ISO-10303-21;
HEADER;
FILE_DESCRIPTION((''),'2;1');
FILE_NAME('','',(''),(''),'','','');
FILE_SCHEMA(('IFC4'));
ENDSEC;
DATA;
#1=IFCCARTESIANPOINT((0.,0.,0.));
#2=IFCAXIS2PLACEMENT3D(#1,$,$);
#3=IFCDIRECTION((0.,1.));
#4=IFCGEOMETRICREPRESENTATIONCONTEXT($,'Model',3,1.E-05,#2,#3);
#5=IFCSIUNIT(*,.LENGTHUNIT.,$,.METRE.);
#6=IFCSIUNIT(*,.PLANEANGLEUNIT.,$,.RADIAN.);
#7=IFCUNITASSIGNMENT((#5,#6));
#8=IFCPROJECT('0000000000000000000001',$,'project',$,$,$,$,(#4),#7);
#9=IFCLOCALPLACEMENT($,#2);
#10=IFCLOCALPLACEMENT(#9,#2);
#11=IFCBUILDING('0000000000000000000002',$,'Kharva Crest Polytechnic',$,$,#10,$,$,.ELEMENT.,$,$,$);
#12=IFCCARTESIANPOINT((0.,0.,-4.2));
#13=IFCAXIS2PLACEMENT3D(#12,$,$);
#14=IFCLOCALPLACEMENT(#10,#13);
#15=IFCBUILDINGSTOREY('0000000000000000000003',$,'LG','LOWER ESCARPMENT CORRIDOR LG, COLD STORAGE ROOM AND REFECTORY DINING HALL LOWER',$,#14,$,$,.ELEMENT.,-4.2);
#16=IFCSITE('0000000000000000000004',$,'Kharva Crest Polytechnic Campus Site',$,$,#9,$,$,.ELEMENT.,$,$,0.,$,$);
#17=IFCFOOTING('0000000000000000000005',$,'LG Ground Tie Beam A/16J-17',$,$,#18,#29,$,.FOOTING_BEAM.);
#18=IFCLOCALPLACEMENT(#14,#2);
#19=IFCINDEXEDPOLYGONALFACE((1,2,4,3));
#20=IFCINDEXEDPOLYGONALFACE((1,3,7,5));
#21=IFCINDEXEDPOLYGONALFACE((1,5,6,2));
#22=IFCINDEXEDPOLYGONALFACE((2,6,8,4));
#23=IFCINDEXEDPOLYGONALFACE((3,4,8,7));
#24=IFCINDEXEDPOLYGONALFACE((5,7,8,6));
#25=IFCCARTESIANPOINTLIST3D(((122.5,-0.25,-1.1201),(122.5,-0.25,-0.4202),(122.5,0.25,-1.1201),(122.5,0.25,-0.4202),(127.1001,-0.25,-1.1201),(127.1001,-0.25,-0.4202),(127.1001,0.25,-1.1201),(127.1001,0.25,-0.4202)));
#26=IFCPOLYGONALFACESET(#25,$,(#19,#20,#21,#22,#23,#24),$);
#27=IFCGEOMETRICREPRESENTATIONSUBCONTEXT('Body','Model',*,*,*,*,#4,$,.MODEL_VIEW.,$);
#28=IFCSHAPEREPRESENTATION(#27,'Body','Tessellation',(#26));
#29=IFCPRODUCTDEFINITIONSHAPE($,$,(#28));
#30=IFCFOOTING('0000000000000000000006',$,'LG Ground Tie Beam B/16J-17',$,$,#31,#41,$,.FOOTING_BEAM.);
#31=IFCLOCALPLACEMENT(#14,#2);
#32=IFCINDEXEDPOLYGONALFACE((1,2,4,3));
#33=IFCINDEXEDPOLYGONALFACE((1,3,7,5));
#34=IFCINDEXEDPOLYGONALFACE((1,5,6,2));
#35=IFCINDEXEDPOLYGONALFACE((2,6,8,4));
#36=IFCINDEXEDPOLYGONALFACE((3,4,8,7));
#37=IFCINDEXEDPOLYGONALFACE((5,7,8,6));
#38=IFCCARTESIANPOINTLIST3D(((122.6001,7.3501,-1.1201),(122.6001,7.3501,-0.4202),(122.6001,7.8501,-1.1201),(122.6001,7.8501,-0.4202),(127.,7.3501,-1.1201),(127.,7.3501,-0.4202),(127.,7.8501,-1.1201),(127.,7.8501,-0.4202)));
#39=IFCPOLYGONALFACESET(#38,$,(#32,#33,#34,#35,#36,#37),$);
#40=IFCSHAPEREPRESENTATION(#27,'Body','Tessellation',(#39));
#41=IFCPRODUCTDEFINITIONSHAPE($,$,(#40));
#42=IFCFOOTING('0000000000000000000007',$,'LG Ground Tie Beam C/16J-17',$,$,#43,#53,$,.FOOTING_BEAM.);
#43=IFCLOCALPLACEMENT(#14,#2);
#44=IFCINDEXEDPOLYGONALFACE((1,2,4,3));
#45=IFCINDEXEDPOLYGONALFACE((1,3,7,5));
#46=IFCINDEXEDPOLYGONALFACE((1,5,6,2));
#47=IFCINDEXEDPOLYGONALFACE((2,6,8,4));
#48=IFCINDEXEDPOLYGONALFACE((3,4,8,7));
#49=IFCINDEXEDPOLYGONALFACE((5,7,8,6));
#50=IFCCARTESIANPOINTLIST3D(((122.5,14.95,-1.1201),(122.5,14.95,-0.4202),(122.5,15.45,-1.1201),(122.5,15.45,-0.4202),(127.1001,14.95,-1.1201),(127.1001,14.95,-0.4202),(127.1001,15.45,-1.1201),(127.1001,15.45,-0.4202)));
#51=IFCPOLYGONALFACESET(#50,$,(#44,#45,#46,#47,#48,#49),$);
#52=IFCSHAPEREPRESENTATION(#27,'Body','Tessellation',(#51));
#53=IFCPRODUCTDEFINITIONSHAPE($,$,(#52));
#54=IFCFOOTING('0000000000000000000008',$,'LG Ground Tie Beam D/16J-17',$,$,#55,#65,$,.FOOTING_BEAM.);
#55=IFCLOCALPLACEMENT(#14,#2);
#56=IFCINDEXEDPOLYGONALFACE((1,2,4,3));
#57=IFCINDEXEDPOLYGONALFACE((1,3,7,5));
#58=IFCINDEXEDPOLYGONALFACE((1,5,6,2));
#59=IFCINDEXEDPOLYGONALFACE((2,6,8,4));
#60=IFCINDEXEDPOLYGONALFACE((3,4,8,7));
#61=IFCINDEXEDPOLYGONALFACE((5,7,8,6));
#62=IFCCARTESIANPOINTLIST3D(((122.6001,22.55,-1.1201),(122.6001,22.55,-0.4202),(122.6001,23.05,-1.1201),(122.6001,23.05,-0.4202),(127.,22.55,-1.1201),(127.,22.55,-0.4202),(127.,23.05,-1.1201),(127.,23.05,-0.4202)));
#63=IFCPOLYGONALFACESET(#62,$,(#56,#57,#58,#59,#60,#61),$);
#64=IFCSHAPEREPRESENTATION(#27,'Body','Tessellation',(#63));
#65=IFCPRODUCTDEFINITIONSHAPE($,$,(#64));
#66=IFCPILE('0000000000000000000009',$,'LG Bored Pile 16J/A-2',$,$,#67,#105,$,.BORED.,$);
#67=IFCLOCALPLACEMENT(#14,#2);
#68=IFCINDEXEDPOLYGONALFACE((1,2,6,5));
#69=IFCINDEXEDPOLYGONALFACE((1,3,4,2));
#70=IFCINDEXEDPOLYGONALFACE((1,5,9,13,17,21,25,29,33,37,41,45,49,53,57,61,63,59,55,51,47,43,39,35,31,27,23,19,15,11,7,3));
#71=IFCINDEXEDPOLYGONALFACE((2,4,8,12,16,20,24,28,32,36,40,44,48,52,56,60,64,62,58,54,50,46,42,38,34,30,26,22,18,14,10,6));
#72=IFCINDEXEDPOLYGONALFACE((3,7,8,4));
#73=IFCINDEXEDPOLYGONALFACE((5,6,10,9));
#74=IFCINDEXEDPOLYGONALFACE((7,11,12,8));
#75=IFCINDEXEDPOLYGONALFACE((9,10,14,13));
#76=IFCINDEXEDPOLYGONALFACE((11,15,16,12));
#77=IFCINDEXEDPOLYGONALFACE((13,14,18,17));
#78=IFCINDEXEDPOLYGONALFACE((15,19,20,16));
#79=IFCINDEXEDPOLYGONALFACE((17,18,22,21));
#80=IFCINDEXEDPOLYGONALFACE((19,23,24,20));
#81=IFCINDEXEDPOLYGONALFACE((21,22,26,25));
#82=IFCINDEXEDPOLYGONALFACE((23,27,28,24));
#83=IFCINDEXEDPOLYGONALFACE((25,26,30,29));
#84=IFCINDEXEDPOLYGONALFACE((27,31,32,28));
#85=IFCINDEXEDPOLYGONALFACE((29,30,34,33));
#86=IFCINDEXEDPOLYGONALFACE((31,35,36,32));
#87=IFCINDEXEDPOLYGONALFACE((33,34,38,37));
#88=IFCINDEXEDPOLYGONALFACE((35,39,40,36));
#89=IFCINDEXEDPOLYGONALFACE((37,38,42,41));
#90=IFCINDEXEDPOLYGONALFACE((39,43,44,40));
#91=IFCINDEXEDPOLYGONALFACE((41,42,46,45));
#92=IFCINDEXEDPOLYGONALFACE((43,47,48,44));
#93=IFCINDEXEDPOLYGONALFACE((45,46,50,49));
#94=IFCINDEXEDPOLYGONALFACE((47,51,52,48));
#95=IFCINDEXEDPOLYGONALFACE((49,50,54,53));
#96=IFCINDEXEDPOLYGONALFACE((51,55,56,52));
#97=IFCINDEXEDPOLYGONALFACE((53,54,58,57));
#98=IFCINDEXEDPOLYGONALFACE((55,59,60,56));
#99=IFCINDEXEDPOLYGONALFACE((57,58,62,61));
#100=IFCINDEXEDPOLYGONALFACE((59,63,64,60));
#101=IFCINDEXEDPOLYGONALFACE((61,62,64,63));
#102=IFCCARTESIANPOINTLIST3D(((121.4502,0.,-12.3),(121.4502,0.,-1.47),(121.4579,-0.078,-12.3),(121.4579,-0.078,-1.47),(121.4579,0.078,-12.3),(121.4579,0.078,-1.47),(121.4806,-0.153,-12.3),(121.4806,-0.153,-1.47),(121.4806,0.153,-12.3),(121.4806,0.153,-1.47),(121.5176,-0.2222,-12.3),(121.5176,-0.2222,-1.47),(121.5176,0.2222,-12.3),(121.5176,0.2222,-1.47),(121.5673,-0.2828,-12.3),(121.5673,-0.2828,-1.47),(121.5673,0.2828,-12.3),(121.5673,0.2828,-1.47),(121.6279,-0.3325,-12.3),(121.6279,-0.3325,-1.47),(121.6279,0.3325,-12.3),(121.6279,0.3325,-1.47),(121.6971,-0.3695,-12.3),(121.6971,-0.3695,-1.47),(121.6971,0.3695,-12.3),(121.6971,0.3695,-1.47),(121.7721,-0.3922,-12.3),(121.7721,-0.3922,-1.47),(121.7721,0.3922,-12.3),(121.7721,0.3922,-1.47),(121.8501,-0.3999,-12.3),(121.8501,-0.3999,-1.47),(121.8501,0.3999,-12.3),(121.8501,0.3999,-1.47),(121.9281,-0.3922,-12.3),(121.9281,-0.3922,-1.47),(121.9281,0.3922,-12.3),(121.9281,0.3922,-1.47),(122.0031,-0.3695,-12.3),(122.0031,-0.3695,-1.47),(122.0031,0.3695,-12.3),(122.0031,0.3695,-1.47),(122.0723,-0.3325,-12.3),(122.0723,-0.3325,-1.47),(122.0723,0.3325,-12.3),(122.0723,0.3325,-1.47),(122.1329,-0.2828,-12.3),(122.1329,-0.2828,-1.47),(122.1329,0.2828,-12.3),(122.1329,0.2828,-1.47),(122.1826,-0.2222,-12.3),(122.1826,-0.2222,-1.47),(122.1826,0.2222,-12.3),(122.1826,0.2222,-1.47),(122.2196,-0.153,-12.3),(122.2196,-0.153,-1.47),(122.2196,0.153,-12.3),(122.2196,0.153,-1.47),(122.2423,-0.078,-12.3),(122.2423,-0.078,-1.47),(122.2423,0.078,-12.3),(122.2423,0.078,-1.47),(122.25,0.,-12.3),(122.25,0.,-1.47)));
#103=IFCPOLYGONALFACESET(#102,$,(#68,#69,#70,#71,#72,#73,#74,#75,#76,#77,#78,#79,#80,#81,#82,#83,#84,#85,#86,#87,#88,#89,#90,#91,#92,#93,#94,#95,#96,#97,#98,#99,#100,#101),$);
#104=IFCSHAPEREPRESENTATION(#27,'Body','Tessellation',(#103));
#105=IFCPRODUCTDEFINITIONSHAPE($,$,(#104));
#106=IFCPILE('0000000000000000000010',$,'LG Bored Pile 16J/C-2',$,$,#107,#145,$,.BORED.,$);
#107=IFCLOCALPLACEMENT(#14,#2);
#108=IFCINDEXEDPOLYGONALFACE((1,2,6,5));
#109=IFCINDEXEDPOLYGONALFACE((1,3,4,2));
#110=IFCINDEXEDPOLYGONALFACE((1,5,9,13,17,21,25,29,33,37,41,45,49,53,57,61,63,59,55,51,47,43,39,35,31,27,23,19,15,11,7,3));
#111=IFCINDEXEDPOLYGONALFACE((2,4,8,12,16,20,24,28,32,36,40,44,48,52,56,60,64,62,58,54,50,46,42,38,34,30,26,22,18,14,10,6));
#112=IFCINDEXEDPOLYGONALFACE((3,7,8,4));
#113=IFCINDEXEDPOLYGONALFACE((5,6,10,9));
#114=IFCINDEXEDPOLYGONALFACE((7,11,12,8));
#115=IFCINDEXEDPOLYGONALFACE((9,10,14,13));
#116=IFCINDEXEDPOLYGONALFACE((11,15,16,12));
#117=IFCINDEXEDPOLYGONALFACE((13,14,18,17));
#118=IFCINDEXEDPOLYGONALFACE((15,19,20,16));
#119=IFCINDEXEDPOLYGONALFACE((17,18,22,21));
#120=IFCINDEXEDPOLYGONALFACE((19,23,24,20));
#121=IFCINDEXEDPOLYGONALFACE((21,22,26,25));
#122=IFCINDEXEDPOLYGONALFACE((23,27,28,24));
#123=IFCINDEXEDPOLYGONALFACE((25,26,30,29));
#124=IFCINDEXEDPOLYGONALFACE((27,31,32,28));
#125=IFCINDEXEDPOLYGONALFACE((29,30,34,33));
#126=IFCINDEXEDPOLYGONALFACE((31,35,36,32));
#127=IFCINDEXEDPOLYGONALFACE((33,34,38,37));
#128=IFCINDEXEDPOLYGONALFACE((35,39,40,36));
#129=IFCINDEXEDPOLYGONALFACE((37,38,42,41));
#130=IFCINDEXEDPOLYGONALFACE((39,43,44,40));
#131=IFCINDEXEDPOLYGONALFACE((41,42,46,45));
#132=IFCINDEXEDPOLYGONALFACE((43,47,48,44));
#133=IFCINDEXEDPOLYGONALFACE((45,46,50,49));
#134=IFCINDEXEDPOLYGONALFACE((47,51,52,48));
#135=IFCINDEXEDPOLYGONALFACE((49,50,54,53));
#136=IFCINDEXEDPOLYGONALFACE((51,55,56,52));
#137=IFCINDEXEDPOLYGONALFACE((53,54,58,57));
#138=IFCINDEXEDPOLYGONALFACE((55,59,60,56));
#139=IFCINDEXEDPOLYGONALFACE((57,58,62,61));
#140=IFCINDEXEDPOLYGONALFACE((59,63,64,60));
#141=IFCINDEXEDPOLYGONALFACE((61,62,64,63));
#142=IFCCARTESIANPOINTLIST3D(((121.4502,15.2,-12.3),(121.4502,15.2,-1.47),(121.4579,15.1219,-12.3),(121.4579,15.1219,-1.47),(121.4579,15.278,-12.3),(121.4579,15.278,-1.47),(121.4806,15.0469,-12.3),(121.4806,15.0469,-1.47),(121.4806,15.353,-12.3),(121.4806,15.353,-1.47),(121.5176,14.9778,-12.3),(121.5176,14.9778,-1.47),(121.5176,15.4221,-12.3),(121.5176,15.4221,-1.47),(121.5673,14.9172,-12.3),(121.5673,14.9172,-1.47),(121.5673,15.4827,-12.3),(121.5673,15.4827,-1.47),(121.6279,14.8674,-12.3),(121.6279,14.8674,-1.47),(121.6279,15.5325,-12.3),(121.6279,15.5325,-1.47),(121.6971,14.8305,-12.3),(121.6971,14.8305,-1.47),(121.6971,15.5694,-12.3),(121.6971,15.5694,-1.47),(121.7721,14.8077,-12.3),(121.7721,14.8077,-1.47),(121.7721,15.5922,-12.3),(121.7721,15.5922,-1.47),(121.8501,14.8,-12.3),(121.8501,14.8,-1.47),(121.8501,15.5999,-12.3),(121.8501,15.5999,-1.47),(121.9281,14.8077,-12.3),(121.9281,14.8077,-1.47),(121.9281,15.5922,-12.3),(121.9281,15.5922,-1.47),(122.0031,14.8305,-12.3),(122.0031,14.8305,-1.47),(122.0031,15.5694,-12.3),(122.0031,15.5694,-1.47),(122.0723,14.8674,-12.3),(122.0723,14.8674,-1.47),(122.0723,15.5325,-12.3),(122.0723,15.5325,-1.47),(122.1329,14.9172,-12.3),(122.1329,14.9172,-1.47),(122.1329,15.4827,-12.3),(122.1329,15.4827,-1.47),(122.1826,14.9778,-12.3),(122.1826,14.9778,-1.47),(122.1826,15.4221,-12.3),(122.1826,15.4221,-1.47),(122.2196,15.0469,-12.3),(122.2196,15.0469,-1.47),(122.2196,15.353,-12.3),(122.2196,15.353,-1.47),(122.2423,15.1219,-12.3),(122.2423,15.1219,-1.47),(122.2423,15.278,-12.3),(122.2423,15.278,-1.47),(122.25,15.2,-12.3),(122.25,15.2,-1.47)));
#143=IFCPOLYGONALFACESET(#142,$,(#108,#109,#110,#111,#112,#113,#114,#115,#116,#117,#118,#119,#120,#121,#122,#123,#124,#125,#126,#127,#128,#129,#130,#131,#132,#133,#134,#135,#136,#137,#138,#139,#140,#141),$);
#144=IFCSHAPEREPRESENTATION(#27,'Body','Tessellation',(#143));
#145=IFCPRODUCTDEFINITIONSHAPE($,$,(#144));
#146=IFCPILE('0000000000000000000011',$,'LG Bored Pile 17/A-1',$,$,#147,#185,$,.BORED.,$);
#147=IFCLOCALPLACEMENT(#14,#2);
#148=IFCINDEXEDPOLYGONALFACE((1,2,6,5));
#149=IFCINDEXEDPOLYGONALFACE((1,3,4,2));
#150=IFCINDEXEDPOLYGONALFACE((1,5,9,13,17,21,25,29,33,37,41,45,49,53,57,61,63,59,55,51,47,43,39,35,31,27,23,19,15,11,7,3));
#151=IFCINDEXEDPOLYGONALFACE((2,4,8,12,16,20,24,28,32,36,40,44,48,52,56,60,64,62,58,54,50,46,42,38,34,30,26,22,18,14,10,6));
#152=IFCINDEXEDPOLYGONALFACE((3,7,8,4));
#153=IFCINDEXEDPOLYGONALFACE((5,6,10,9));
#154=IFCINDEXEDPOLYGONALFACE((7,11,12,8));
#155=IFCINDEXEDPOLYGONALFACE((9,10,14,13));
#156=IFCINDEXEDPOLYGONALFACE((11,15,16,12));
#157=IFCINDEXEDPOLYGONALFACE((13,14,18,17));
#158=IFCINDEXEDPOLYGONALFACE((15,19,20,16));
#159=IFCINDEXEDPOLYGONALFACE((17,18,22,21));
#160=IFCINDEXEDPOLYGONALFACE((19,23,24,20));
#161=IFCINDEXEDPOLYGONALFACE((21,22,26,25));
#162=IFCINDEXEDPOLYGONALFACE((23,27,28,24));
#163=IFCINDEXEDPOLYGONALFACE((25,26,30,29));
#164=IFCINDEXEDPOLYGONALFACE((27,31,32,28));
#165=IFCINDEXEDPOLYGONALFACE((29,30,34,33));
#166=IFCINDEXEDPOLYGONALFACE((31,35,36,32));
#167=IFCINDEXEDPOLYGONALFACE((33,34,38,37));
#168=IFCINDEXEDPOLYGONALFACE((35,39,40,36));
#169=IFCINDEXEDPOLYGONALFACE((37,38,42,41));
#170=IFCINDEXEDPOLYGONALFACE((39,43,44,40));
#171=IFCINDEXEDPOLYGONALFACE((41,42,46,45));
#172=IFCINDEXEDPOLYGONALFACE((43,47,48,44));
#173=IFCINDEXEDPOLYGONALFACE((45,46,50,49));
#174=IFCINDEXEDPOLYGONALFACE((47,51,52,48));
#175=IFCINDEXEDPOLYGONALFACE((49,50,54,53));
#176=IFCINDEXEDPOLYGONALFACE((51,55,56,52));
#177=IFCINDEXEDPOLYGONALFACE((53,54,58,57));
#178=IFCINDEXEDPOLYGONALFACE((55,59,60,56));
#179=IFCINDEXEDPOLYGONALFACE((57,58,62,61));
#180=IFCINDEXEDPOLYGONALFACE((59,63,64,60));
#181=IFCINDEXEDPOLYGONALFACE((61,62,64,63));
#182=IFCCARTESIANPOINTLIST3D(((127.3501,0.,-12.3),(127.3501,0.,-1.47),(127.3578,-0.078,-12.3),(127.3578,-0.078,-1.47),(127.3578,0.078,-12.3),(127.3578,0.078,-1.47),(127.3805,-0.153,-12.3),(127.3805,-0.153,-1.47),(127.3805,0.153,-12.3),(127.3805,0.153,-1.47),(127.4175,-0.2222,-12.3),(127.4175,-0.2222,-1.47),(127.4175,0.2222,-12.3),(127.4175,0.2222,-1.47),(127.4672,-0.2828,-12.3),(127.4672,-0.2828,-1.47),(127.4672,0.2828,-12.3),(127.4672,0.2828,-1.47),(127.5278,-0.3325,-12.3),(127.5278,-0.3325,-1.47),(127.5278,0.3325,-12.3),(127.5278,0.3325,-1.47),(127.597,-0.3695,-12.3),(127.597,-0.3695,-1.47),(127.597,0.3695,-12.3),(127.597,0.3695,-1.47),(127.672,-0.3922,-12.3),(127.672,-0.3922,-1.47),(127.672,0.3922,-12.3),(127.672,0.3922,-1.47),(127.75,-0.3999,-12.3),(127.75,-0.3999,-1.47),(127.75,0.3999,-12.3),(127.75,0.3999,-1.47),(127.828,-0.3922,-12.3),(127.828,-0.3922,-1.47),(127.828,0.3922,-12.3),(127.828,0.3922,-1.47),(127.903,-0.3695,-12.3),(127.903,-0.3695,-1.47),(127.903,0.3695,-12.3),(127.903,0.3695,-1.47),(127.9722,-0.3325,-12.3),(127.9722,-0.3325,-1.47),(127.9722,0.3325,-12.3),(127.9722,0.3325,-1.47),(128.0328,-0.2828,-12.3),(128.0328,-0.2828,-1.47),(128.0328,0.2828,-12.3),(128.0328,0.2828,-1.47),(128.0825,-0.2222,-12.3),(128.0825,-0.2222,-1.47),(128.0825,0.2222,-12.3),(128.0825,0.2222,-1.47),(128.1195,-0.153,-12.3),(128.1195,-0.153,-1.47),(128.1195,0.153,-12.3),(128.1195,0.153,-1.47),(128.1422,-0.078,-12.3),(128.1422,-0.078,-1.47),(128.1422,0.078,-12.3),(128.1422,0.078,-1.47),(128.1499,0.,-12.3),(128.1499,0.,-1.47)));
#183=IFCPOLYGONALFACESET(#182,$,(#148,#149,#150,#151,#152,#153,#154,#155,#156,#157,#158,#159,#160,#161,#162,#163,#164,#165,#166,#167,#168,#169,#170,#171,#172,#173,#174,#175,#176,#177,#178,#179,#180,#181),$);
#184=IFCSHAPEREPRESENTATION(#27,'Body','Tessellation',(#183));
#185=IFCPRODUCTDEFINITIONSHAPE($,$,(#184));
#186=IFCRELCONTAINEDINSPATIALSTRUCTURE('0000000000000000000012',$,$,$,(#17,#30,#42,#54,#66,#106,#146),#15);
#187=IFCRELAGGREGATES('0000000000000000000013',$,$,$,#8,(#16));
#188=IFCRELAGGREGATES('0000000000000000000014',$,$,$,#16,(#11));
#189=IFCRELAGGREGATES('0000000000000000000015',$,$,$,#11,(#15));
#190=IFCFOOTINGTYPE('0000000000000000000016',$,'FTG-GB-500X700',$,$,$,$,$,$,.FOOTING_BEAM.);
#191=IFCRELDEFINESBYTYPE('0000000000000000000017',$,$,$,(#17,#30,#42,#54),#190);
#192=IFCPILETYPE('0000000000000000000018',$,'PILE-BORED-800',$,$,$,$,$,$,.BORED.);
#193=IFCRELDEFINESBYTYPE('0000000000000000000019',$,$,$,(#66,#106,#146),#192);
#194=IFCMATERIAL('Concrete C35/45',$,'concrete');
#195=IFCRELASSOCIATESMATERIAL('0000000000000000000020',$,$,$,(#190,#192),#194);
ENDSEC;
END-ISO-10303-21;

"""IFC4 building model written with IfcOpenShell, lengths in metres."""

from ifc_helpers import new_model, si_unit, direction, frame, origin, origin_2d, place, context, subcontext, project, spatial, rectangle, circle, extrude, material, material_profile, profile_set, type_object, element, save


model = new_model("IFC4")

# Units and contexts
model_context = context("Model", 3, precision=1e-05, world=origin(), true_north=direction((0.0, 1.0)))
body_context = subcontext(model_context, "Body", "Model", "MODEL_VIEW")
ifc_project = project(units=[si_unit("LENGTHUNIT", "METRE"), si_unit("PLANEANGLEUNIT", "RADIAN")], contexts=[model_context])

# Site, building, storey
site_placement = place(None, origin())
site = spatial("IfcSite", under=ifc_project, at=site_placement, Name="Kharva Crest Polytechnic Campus Site", CompositionType="ELEMENT", RefElevation=0.0)
building_placement = place(site_placement, origin())
building = spatial("IfcBuilding", under=site, at=building_placement, Name="Kharva Crest Polytechnic", CompositionType="ELEMENT")
storey_placement = place(building_placement, frame((0.0, 0.0, -4.2)))
storey = spatial("IfcBuildingStorey", under=building, at=storey_placement, Name="LG", Description="LOWER ESCARPMENT CORRIDOR LG, COLD STORAGE ROOM AND REFECTORY DINING HALL LOWER", CompositionType="ELEMENT", Elevation=-4.2)

# Footings
ifc_material_1 = material(Name="Concrete C35/45", Category="concrete")
footing_type = type_object("IfcFootingType", Name="FTG-GB-500X700", PredefinedType="FOOTING_BEAM", material=ifc_material_1)
footing_1_placement = place(storey_placement, frame((124.8, 0.0, -1.1201), z_axis=(0.0, 0.0, 1.0), x_axis=(1.0, 0.0, 0.0)))
element("IfcFooting", 1, at=footing_1_placement, inside=storey, type_object=footing_type, Name="LG Ground Tie Beam A/16J-17", PredefinedType="FOOTING_BEAM", context=body_context, shape_type="SweptSolid", body=[
    extrude(rectangle(XDim=4.6001, YDim=0.5, at=origin_2d()), origin(), (0.0, 0.0, 1.0), 0.7),
])
footing_2_placement = place(storey_placement, frame((124.8, 7.6001, -1.1201), z_axis=(0.0, 0.0, 1.0), x_axis=(1.0, 0.0, 0.0)))
element("IfcFooting", 2, at=footing_2_placement, inside=storey, type_object=footing_type, Name="LG Ground Tie Beam B/16J-17", PredefinedType="FOOTING_BEAM", context=body_context, shape_type="SweptSolid", body=[
    extrude(rectangle(XDim=4.3999, YDim=0.5, at=origin_2d()), origin(), (0.0, 0.0, 1.0), 0.7),
])
footing_3_placement = place(storey_placement, frame((124.8, 15.2, -1.1201), z_axis=(0.0, 0.0, 1.0), x_axis=(1.0, 0.0, 0.0)))
element("IfcFooting", 3, at=footing_3_placement, inside=storey, type_object=footing_type, Name="LG Ground Tie Beam C/16J-17", PredefinedType="FOOTING_BEAM", context=body_context, shape_type="SweptSolid", body=[
    extrude(rectangle(XDim=4.6001, YDim=0.5, at=origin_2d()), origin(), (0.0, 0.0, 1.0), 0.7),
])
footing_4_placement = place(storey_placement, frame((124.8, 22.8, -1.1201), z_axis=(0.0, 0.0, 1.0), x_axis=(1.0, 0.0, 0.0)))
element("IfcFooting", 4, at=footing_4_placement, inside=storey, type_object=footing_type, Name="LG Ground Tie Beam D/16J-17", PredefinedType="FOOTING_BEAM", context=body_context, shape_type="SweptSolid", body=[
    extrude(rectangle(XDim=4.3999, YDim=0.5, at=origin_2d()), origin(), (0.0, 0.0, 1.0), 0.7),
])

# Piles
ifc_material_profile_1 = material_profile(ifc_material_1, circle(Radius=0.3999, at=origin_2d()), Name="DIA 800")
ifc_profile_set_1 = profile_set([ifc_material_profile_1], Name="Concrete C35/45")
pile_type_1 = type_object("IfcPileType", Name="PILE-BORED-800", PredefinedType="BORED", material=ifc_profile_set_1)
for number, where, z_axis, x_axis, name in (
    (5, (121.8501, 0.0, -1.47), (0.0, 0.0, -1.0), (1.0, 0.0, 0.0), "LG Bored Pile 16J/A-2"),
    (6, (121.8501, 15.2, -1.47), (0.0, 0.0, -1.0), (1.0, 0.0, 0.0), "LG Bored Pile 16J/C-2"),
    (7, (127.75, 0.0, -1.47), (0.0, 0.0, -1.0), (1.0, 0.0, 0.0), "LG Bored Pile 17/A-1"),
):
    element("IfcPile", number, at=place(storey_placement, frame(where, z_axis=z_axis, x_axis=x_axis)), inside=storey, type_object=pile_type_1, Name=name, PredefinedType="BORED", context=body_context, shape_type="SweptSolid", body=[
        extrude(circle(Radius=0.3999, at=origin_2d()), origin(), (0.0, 0.0, 1.0), 10.8301),
    ])

save(model, "model.ifc")
